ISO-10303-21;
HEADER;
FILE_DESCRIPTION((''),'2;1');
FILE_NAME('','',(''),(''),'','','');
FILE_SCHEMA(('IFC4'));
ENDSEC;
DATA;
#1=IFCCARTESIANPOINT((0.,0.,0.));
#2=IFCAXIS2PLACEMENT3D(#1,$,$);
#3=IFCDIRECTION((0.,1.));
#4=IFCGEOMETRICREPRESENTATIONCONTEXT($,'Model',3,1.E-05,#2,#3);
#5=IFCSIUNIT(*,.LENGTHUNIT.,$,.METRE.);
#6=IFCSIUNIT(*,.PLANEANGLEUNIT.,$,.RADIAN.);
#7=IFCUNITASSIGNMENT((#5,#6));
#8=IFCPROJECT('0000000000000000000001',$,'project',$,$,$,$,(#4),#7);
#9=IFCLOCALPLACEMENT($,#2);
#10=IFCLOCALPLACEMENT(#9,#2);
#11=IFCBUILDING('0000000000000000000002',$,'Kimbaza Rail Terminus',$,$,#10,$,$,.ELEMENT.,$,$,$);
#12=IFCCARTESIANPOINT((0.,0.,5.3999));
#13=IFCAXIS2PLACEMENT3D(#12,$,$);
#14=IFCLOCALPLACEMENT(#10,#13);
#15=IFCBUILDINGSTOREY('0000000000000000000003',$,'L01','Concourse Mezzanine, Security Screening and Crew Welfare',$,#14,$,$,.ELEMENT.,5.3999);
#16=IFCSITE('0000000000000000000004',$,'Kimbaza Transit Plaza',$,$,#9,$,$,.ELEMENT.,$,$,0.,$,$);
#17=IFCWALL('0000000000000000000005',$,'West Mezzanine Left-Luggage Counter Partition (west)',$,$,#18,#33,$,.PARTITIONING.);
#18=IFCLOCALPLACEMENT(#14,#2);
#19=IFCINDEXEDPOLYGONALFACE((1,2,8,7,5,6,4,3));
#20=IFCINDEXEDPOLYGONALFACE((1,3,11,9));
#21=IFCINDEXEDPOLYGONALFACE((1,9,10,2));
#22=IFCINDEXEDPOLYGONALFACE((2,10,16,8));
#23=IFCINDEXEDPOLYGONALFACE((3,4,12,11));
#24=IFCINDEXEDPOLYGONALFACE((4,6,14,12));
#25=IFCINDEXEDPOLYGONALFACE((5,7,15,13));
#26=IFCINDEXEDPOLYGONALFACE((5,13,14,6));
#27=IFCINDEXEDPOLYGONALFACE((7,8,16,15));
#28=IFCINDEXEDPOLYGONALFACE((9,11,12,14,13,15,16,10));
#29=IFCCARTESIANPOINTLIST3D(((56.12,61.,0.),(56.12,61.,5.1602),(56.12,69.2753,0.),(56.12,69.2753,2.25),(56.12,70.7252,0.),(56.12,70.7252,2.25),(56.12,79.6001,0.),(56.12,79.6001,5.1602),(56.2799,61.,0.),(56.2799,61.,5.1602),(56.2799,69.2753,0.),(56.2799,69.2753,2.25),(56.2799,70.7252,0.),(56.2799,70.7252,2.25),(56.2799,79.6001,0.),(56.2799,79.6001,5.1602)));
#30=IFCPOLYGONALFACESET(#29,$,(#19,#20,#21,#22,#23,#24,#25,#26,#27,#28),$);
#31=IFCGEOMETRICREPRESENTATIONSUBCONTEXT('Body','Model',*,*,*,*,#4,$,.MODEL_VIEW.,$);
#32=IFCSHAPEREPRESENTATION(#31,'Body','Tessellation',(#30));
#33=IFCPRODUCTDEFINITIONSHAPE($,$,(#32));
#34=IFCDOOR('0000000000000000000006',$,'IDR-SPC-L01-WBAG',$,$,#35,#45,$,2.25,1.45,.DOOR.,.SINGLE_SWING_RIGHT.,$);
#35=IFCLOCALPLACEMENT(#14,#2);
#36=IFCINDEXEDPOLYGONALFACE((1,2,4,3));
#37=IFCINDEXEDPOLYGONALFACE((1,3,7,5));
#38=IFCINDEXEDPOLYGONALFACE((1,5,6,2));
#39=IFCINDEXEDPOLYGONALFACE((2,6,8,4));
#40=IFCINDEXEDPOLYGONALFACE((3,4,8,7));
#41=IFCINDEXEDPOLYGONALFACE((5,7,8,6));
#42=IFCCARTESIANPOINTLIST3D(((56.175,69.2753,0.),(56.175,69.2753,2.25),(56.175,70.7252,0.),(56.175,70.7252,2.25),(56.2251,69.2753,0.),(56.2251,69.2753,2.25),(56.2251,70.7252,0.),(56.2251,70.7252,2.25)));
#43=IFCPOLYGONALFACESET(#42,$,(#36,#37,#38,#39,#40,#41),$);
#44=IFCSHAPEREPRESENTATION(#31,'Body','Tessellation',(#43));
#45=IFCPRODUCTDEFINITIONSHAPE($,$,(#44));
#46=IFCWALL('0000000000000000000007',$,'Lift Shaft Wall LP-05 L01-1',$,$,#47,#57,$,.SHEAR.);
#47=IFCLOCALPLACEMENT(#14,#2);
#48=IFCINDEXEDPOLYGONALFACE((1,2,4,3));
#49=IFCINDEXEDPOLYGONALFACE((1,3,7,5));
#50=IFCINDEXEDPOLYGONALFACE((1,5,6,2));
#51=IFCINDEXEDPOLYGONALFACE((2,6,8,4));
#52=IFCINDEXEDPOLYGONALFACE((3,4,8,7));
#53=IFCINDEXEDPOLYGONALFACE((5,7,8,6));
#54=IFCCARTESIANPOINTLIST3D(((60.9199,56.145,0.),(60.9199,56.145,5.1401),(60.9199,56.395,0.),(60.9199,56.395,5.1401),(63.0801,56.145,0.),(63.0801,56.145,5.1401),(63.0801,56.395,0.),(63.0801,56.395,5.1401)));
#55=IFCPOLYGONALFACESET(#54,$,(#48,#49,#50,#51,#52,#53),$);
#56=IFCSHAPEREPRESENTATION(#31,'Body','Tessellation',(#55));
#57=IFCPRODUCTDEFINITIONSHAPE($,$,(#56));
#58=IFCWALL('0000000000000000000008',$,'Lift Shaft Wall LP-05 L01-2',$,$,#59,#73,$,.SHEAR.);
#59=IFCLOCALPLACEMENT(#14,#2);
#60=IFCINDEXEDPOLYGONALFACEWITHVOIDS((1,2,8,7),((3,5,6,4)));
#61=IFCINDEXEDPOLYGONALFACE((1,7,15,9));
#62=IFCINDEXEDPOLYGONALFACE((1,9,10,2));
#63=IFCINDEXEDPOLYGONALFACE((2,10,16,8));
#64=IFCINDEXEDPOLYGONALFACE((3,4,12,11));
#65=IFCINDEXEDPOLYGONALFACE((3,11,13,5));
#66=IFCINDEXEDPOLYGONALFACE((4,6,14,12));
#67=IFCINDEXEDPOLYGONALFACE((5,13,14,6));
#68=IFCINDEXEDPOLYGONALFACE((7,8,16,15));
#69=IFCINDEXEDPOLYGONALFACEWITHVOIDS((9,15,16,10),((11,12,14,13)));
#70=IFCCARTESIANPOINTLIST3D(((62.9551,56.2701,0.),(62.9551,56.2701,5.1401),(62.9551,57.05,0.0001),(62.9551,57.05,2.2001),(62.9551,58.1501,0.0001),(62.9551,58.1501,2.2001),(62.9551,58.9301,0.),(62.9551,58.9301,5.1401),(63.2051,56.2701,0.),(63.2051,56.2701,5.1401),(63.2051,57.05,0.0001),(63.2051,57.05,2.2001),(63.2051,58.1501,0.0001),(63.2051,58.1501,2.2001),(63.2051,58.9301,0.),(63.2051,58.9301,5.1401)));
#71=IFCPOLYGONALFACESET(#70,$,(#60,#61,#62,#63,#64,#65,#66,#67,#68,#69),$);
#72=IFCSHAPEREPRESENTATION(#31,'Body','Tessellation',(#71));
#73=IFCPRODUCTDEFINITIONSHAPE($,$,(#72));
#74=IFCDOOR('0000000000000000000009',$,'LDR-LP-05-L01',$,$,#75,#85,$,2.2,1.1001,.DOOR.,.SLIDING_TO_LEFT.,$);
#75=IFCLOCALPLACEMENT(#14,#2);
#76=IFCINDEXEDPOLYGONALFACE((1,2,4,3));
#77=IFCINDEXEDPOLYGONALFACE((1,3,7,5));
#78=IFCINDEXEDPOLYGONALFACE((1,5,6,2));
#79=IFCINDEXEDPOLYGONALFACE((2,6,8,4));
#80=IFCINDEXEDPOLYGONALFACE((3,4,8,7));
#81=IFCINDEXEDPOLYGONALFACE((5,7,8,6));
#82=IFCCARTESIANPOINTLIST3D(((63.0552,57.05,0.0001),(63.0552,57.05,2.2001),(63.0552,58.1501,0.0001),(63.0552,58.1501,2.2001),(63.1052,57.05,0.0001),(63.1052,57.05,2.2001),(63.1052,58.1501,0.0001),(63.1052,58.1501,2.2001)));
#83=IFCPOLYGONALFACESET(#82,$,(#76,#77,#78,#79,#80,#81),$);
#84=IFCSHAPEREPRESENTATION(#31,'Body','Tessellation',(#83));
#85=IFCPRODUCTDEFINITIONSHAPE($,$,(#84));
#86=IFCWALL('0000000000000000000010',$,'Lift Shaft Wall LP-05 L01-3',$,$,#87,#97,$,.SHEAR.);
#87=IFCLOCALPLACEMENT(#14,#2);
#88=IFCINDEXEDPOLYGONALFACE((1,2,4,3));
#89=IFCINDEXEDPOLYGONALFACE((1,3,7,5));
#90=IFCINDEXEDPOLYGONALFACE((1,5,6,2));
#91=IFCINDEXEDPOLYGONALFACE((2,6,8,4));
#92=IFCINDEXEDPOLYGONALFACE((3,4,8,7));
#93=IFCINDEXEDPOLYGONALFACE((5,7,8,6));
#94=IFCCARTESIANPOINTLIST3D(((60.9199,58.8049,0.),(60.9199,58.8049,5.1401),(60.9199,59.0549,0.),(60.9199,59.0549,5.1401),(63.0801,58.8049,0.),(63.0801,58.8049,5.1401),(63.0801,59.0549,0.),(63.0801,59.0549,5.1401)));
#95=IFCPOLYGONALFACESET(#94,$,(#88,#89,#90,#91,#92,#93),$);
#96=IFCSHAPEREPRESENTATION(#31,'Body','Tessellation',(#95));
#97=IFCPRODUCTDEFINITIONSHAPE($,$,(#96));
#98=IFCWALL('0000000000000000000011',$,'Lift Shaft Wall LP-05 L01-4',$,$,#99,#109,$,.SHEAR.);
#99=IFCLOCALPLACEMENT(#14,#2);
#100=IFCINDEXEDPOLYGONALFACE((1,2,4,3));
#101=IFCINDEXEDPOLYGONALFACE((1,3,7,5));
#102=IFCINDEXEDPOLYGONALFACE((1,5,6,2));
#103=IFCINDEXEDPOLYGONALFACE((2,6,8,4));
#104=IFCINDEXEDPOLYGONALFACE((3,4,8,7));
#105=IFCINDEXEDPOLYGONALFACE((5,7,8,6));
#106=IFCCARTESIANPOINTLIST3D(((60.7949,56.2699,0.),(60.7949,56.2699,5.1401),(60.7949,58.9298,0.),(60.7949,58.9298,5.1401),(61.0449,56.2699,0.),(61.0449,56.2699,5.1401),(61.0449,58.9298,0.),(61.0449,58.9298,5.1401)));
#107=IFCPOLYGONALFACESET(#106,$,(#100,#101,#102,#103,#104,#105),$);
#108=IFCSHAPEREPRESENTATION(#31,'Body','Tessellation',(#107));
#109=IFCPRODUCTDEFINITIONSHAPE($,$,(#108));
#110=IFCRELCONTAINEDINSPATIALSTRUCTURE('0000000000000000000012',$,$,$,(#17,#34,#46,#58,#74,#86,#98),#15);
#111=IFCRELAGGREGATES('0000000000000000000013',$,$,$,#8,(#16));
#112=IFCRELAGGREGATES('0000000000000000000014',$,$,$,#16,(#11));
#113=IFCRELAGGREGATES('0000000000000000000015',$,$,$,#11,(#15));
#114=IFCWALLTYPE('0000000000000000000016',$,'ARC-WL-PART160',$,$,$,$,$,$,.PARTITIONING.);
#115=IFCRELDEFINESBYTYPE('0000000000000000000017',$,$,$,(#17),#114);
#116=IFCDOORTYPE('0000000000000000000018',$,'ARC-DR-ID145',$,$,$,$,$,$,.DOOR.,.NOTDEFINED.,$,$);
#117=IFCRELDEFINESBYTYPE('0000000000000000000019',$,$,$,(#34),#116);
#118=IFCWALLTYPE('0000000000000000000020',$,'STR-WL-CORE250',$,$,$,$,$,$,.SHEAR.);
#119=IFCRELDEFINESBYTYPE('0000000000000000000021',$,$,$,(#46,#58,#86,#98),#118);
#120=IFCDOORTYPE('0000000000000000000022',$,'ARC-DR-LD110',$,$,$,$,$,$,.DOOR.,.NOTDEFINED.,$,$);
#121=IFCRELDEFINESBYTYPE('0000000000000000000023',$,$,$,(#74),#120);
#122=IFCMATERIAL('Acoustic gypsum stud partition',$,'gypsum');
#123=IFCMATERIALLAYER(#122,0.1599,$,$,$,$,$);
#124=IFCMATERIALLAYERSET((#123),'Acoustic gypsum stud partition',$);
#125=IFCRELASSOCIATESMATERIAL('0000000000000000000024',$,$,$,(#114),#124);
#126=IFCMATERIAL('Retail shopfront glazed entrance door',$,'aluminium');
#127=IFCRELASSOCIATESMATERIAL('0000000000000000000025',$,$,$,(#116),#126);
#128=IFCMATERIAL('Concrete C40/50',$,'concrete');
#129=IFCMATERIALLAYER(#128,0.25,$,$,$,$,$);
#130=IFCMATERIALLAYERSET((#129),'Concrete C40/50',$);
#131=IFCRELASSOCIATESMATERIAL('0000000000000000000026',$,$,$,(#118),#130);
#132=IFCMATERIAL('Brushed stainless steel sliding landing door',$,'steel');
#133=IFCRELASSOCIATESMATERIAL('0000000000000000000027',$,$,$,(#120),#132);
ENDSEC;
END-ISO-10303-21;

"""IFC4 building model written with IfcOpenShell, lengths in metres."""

from ifc_helpers import new_model, si_unit, direction, frame, frame_2d, origin, place, context, subcontext, project, spatial, rectangle, extrude, material, layer, layer_set, type_object, element, fill, save


model = new_model("IFC4")

# Units and contexts
model_context = context("Model", 3, precision=1e-05, world=origin(), true_north=direction((0.0, 1.0)))
body_context = subcontext(model_context, "Body", "Model", "MODEL_VIEW")
ifc_project = project(units=[si_unit("LENGTHUNIT", "METRE"), si_unit("PLANEANGLEUNIT", "RADIAN")], contexts=[model_context])

# Site, building, storey
site_placement = place(None, origin())
site = spatial("IfcSite", under=ifc_project, at=site_placement, Name="Kimbaza Transit Plaza", CompositionType="ELEMENT", RefElevation=0.0)
building_placement = place(site_placement, origin())
building = spatial("IfcBuilding", under=site, at=building_placement, Name="Kimbaza Rail Terminus", CompositionType="ELEMENT")
storey_placement = place(building_placement, frame((0.0, 0.0, 5.3999)))
storey = spatial("IfcBuildingStorey", under=building, at=storey_placement, Name="L01", Description="Concourse Mezzanine, Security Screening and Crew Welfare", CompositionType="ELEMENT", Elevation=5.3999)

# Shared definitions
ifc_material_1 = material(Name="Acoustic gypsum stud partition", Category="gypsum")
ifc_layer_1 = layer(ifc_material_1, 0.1599)
ifc_layer_set_1 = layer_set([ifc_layer_1], Name="Acoustic gypsum stud partition")
wall_type_1 = type_object("IfcWallType", Name="ARC-WL-PART160", PredefinedType="PARTITIONING", material=ifc_layer_set_1)

# Wall, opening, door
wall_1_placement = place(storey_placement, frame((56.2, 79.6001, 0.0), z_axis=(0.0, 0.0, 1.0), x_axis=(0.0, -1.0, 0.0)))
wall_1 = element("IfcWall", 1, at=wall_1_placement, inside=storey, type_object=wall_type_1, Name="West Mezzanine Left-Luggage Counter Partition (west)", PredefinedType="PARTITIONING", context=body_context, shape_type="SweptSolid", body=[
    extrude(rectangle(XDim=18.6001, YDim=0.1599, at=frame_2d((9.3, 0.0))), origin(), (0.0, 0.0, 1.0), 5.1602),
])
opening_1_placement = place(wall_1_placement, frame((10.325, 0.0, 0.0), z_axis=(0.0, 0.0, 1.0), x_axis=(-1.0, 0.0, 0.0)))
opening_1 = element("IfcOpeningElement", 2, at=opening_1_placement, cuts=wall_1, PredefinedType="OPENING", context=body_context, shape_type="SweptSolid", body=[
    extrude(rectangle(XDim=1.45, YDim=2.25, at=frame_2d((0.7251, 1.125))), frame((0.0, 0.0898, 0.0), z_axis=(0.0, -1.0, 0.0), x_axis=(1.0, 0.0, 0.0)), (0.0, 0.0, 1.0), 0.1799),
])
ifc_material_2 = material(Name="Retail shopfront glazed entrance door", Category="aluminium")
door_type_1 = type_object("IfcDoorType", Name="ARC-DR-ID145", OperationType="NOTDEFINED", PredefinedType="DOOR", material=ifc_material_2)
door_1_placement = place(opening_1_placement, origin())
door_1 = element("IfcDoor", 3, at=door_1_placement, inside=storey, type_object=door_type_1, Name="IDR-SPC-L01-WBAG", OperationType="SINGLE_SWING_RIGHT", OverallHeight=2.25, OverallWidth=1.45, PredefinedType="DOOR", context=body_context, shape_type="SweptSolid", body=[
    extrude(rectangle(XDim=1.45, YDim=2.25, at=frame_2d((0.7251, 1.125))), frame((0.0, 0.0249, 0.0), z_axis=(0.0, -1.0, 0.0), x_axis=(1.0, 0.0, 0.0)), (0.0, 0.0, 1.0), 0.05),
])
fill(opening_1, door_1)

# Wall
ifc_material_3 = material(Name="Concrete C40/50", Category="concrete")
ifc_layer_2 = layer(ifc_material_3, 0.25)
ifc_layer_set_2 = layer_set([ifc_layer_2], Name="Concrete C40/50")
wall_type_2 = type_object("IfcWallType", Name="STR-WL-CORE250", PredefinedType="SHEAR", material=ifc_layer_set_2)
wall_2_placement = place(storey_placement, frame((60.9199, 56.27, 0.0), z_axis=(0.0, 0.0, 1.0), x_axis=(1.0, 0.0, 0.0)))
element("IfcWall", 4, at=wall_2_placement, inside=storey, type_object=wall_type_2, Name="Lift Shaft Wall LP-05 L01-1", PredefinedType="SHEAR", context=body_context, shape_type="SweptSolid", body=[
    extrude(rectangle(XDim=2.1602, YDim=0.25, at=frame_2d((1.0801, 0.0))), origin(), (0.0, 0.0, 1.0), 5.1401),
])

# Wall, opening, door
wall_3_placement = place(storey_placement, frame((63.0801, 56.27, 0.0), z_axis=(0.0, 0.0, 1.0), x_axis=(0.0, 1.0, 0.0)))
wall_3 = element("IfcWall", 5, at=wall_3_placement, inside=storey, type_object=wall_type_2, Name="Lift Shaft Wall LP-05 L01-2", PredefinedType="SHEAR", context=body_context, shape_type="SweptSolid", body=[
    extrude(rectangle(XDim=2.6599, YDim=0.25, at=frame_2d((1.3301, 0.0))), origin(), (0.0, 0.0, 1.0), 5.1401),
])
opening_2_placement = place(wall_3_placement, frame((0.78, 0.0, 0.0)))
opening_2 = element("IfcOpeningElement", 6, at=opening_2_placement, cuts=wall_3, PredefinedType="OPENING", context=body_context, shape_type="SweptSolid", body=[
    extrude(rectangle(XDim=1.1001, YDim=2.2, at=frame_2d((0.55, 1.1001))), frame((0.0, 0.135, 0.0), z_axis=(0.0, -1.0, 0.0), x_axis=(1.0, 0.0, 0.0)), (0.0, 0.0, 1.0), 0.27),
])
ifc_material_4 = material(Name="Brushed stainless steel sliding landing door", Category="steel")
door_type_2 = type_object("IfcDoorType", Name="ARC-DR-LD110", OperationType="NOTDEFINED", PredefinedType="DOOR", material=ifc_material_4)
door_2_placement = place(opening_2_placement, origin())
door_2 = element("IfcDoor", 7, at=door_2_placement, inside=storey, type_object=door_type_2, Name="LDR-LP-05-L01", OperationType="SLIDING_TO_LEFT", OverallHeight=2.2, OverallWidth=1.1001, PredefinedType="DOOR", context=body_context, shape_type="SweptSolid", body=[
    extrude(rectangle(XDim=1.1001, YDim=2.2, at=frame_2d((0.55, 1.1001))), frame((0.0, 0.0249, 0.0), z_axis=(0.0, -1.0, 0.0), x_axis=(1.0, 0.0, 0.0)), (0.0, 0.0, 1.0), 0.05),
])
fill(opening_2, door_2)

# Walls
wall_4_placement = place(storey_placement, frame((63.0801, 58.9299, 0.0), z_axis=(0.0, 0.0, 1.0), x_axis=(-1.0, 0.0, 0.0)))
element("IfcWall", 8, at=wall_4_placement, inside=storey, type_object=wall_type_2, Name="Lift Shaft Wall LP-05 L01-3", PredefinedType="SHEAR", context=body_context, shape_type="SweptSolid", body=[
    extrude(rectangle(XDim=2.1602, YDim=0.25, at=frame_2d((1.0801, 0.0))), origin(), (0.0, 0.0, 1.0), 5.1401),
])
wall_5_placement = place(storey_placement, frame((60.9199, 58.9299, 0.0), z_axis=(0.0, 0.0, 1.0), x_axis=(0.0, -1.0, 0.0)))
element("IfcWall", 9, at=wall_5_placement, inside=storey, type_object=wall_type_2, Name="Lift Shaft Wall LP-05 L01-4", PredefinedType="SHEAR", context=body_context, shape_type="SweptSolid", body=[
    extrude(rectangle(XDim=2.6599, YDim=0.25, at=frame_2d((1.3301, 0.0))), origin(), (0.0, 0.0, 1.0), 5.1401),
])

save(model, "model.ifc")
